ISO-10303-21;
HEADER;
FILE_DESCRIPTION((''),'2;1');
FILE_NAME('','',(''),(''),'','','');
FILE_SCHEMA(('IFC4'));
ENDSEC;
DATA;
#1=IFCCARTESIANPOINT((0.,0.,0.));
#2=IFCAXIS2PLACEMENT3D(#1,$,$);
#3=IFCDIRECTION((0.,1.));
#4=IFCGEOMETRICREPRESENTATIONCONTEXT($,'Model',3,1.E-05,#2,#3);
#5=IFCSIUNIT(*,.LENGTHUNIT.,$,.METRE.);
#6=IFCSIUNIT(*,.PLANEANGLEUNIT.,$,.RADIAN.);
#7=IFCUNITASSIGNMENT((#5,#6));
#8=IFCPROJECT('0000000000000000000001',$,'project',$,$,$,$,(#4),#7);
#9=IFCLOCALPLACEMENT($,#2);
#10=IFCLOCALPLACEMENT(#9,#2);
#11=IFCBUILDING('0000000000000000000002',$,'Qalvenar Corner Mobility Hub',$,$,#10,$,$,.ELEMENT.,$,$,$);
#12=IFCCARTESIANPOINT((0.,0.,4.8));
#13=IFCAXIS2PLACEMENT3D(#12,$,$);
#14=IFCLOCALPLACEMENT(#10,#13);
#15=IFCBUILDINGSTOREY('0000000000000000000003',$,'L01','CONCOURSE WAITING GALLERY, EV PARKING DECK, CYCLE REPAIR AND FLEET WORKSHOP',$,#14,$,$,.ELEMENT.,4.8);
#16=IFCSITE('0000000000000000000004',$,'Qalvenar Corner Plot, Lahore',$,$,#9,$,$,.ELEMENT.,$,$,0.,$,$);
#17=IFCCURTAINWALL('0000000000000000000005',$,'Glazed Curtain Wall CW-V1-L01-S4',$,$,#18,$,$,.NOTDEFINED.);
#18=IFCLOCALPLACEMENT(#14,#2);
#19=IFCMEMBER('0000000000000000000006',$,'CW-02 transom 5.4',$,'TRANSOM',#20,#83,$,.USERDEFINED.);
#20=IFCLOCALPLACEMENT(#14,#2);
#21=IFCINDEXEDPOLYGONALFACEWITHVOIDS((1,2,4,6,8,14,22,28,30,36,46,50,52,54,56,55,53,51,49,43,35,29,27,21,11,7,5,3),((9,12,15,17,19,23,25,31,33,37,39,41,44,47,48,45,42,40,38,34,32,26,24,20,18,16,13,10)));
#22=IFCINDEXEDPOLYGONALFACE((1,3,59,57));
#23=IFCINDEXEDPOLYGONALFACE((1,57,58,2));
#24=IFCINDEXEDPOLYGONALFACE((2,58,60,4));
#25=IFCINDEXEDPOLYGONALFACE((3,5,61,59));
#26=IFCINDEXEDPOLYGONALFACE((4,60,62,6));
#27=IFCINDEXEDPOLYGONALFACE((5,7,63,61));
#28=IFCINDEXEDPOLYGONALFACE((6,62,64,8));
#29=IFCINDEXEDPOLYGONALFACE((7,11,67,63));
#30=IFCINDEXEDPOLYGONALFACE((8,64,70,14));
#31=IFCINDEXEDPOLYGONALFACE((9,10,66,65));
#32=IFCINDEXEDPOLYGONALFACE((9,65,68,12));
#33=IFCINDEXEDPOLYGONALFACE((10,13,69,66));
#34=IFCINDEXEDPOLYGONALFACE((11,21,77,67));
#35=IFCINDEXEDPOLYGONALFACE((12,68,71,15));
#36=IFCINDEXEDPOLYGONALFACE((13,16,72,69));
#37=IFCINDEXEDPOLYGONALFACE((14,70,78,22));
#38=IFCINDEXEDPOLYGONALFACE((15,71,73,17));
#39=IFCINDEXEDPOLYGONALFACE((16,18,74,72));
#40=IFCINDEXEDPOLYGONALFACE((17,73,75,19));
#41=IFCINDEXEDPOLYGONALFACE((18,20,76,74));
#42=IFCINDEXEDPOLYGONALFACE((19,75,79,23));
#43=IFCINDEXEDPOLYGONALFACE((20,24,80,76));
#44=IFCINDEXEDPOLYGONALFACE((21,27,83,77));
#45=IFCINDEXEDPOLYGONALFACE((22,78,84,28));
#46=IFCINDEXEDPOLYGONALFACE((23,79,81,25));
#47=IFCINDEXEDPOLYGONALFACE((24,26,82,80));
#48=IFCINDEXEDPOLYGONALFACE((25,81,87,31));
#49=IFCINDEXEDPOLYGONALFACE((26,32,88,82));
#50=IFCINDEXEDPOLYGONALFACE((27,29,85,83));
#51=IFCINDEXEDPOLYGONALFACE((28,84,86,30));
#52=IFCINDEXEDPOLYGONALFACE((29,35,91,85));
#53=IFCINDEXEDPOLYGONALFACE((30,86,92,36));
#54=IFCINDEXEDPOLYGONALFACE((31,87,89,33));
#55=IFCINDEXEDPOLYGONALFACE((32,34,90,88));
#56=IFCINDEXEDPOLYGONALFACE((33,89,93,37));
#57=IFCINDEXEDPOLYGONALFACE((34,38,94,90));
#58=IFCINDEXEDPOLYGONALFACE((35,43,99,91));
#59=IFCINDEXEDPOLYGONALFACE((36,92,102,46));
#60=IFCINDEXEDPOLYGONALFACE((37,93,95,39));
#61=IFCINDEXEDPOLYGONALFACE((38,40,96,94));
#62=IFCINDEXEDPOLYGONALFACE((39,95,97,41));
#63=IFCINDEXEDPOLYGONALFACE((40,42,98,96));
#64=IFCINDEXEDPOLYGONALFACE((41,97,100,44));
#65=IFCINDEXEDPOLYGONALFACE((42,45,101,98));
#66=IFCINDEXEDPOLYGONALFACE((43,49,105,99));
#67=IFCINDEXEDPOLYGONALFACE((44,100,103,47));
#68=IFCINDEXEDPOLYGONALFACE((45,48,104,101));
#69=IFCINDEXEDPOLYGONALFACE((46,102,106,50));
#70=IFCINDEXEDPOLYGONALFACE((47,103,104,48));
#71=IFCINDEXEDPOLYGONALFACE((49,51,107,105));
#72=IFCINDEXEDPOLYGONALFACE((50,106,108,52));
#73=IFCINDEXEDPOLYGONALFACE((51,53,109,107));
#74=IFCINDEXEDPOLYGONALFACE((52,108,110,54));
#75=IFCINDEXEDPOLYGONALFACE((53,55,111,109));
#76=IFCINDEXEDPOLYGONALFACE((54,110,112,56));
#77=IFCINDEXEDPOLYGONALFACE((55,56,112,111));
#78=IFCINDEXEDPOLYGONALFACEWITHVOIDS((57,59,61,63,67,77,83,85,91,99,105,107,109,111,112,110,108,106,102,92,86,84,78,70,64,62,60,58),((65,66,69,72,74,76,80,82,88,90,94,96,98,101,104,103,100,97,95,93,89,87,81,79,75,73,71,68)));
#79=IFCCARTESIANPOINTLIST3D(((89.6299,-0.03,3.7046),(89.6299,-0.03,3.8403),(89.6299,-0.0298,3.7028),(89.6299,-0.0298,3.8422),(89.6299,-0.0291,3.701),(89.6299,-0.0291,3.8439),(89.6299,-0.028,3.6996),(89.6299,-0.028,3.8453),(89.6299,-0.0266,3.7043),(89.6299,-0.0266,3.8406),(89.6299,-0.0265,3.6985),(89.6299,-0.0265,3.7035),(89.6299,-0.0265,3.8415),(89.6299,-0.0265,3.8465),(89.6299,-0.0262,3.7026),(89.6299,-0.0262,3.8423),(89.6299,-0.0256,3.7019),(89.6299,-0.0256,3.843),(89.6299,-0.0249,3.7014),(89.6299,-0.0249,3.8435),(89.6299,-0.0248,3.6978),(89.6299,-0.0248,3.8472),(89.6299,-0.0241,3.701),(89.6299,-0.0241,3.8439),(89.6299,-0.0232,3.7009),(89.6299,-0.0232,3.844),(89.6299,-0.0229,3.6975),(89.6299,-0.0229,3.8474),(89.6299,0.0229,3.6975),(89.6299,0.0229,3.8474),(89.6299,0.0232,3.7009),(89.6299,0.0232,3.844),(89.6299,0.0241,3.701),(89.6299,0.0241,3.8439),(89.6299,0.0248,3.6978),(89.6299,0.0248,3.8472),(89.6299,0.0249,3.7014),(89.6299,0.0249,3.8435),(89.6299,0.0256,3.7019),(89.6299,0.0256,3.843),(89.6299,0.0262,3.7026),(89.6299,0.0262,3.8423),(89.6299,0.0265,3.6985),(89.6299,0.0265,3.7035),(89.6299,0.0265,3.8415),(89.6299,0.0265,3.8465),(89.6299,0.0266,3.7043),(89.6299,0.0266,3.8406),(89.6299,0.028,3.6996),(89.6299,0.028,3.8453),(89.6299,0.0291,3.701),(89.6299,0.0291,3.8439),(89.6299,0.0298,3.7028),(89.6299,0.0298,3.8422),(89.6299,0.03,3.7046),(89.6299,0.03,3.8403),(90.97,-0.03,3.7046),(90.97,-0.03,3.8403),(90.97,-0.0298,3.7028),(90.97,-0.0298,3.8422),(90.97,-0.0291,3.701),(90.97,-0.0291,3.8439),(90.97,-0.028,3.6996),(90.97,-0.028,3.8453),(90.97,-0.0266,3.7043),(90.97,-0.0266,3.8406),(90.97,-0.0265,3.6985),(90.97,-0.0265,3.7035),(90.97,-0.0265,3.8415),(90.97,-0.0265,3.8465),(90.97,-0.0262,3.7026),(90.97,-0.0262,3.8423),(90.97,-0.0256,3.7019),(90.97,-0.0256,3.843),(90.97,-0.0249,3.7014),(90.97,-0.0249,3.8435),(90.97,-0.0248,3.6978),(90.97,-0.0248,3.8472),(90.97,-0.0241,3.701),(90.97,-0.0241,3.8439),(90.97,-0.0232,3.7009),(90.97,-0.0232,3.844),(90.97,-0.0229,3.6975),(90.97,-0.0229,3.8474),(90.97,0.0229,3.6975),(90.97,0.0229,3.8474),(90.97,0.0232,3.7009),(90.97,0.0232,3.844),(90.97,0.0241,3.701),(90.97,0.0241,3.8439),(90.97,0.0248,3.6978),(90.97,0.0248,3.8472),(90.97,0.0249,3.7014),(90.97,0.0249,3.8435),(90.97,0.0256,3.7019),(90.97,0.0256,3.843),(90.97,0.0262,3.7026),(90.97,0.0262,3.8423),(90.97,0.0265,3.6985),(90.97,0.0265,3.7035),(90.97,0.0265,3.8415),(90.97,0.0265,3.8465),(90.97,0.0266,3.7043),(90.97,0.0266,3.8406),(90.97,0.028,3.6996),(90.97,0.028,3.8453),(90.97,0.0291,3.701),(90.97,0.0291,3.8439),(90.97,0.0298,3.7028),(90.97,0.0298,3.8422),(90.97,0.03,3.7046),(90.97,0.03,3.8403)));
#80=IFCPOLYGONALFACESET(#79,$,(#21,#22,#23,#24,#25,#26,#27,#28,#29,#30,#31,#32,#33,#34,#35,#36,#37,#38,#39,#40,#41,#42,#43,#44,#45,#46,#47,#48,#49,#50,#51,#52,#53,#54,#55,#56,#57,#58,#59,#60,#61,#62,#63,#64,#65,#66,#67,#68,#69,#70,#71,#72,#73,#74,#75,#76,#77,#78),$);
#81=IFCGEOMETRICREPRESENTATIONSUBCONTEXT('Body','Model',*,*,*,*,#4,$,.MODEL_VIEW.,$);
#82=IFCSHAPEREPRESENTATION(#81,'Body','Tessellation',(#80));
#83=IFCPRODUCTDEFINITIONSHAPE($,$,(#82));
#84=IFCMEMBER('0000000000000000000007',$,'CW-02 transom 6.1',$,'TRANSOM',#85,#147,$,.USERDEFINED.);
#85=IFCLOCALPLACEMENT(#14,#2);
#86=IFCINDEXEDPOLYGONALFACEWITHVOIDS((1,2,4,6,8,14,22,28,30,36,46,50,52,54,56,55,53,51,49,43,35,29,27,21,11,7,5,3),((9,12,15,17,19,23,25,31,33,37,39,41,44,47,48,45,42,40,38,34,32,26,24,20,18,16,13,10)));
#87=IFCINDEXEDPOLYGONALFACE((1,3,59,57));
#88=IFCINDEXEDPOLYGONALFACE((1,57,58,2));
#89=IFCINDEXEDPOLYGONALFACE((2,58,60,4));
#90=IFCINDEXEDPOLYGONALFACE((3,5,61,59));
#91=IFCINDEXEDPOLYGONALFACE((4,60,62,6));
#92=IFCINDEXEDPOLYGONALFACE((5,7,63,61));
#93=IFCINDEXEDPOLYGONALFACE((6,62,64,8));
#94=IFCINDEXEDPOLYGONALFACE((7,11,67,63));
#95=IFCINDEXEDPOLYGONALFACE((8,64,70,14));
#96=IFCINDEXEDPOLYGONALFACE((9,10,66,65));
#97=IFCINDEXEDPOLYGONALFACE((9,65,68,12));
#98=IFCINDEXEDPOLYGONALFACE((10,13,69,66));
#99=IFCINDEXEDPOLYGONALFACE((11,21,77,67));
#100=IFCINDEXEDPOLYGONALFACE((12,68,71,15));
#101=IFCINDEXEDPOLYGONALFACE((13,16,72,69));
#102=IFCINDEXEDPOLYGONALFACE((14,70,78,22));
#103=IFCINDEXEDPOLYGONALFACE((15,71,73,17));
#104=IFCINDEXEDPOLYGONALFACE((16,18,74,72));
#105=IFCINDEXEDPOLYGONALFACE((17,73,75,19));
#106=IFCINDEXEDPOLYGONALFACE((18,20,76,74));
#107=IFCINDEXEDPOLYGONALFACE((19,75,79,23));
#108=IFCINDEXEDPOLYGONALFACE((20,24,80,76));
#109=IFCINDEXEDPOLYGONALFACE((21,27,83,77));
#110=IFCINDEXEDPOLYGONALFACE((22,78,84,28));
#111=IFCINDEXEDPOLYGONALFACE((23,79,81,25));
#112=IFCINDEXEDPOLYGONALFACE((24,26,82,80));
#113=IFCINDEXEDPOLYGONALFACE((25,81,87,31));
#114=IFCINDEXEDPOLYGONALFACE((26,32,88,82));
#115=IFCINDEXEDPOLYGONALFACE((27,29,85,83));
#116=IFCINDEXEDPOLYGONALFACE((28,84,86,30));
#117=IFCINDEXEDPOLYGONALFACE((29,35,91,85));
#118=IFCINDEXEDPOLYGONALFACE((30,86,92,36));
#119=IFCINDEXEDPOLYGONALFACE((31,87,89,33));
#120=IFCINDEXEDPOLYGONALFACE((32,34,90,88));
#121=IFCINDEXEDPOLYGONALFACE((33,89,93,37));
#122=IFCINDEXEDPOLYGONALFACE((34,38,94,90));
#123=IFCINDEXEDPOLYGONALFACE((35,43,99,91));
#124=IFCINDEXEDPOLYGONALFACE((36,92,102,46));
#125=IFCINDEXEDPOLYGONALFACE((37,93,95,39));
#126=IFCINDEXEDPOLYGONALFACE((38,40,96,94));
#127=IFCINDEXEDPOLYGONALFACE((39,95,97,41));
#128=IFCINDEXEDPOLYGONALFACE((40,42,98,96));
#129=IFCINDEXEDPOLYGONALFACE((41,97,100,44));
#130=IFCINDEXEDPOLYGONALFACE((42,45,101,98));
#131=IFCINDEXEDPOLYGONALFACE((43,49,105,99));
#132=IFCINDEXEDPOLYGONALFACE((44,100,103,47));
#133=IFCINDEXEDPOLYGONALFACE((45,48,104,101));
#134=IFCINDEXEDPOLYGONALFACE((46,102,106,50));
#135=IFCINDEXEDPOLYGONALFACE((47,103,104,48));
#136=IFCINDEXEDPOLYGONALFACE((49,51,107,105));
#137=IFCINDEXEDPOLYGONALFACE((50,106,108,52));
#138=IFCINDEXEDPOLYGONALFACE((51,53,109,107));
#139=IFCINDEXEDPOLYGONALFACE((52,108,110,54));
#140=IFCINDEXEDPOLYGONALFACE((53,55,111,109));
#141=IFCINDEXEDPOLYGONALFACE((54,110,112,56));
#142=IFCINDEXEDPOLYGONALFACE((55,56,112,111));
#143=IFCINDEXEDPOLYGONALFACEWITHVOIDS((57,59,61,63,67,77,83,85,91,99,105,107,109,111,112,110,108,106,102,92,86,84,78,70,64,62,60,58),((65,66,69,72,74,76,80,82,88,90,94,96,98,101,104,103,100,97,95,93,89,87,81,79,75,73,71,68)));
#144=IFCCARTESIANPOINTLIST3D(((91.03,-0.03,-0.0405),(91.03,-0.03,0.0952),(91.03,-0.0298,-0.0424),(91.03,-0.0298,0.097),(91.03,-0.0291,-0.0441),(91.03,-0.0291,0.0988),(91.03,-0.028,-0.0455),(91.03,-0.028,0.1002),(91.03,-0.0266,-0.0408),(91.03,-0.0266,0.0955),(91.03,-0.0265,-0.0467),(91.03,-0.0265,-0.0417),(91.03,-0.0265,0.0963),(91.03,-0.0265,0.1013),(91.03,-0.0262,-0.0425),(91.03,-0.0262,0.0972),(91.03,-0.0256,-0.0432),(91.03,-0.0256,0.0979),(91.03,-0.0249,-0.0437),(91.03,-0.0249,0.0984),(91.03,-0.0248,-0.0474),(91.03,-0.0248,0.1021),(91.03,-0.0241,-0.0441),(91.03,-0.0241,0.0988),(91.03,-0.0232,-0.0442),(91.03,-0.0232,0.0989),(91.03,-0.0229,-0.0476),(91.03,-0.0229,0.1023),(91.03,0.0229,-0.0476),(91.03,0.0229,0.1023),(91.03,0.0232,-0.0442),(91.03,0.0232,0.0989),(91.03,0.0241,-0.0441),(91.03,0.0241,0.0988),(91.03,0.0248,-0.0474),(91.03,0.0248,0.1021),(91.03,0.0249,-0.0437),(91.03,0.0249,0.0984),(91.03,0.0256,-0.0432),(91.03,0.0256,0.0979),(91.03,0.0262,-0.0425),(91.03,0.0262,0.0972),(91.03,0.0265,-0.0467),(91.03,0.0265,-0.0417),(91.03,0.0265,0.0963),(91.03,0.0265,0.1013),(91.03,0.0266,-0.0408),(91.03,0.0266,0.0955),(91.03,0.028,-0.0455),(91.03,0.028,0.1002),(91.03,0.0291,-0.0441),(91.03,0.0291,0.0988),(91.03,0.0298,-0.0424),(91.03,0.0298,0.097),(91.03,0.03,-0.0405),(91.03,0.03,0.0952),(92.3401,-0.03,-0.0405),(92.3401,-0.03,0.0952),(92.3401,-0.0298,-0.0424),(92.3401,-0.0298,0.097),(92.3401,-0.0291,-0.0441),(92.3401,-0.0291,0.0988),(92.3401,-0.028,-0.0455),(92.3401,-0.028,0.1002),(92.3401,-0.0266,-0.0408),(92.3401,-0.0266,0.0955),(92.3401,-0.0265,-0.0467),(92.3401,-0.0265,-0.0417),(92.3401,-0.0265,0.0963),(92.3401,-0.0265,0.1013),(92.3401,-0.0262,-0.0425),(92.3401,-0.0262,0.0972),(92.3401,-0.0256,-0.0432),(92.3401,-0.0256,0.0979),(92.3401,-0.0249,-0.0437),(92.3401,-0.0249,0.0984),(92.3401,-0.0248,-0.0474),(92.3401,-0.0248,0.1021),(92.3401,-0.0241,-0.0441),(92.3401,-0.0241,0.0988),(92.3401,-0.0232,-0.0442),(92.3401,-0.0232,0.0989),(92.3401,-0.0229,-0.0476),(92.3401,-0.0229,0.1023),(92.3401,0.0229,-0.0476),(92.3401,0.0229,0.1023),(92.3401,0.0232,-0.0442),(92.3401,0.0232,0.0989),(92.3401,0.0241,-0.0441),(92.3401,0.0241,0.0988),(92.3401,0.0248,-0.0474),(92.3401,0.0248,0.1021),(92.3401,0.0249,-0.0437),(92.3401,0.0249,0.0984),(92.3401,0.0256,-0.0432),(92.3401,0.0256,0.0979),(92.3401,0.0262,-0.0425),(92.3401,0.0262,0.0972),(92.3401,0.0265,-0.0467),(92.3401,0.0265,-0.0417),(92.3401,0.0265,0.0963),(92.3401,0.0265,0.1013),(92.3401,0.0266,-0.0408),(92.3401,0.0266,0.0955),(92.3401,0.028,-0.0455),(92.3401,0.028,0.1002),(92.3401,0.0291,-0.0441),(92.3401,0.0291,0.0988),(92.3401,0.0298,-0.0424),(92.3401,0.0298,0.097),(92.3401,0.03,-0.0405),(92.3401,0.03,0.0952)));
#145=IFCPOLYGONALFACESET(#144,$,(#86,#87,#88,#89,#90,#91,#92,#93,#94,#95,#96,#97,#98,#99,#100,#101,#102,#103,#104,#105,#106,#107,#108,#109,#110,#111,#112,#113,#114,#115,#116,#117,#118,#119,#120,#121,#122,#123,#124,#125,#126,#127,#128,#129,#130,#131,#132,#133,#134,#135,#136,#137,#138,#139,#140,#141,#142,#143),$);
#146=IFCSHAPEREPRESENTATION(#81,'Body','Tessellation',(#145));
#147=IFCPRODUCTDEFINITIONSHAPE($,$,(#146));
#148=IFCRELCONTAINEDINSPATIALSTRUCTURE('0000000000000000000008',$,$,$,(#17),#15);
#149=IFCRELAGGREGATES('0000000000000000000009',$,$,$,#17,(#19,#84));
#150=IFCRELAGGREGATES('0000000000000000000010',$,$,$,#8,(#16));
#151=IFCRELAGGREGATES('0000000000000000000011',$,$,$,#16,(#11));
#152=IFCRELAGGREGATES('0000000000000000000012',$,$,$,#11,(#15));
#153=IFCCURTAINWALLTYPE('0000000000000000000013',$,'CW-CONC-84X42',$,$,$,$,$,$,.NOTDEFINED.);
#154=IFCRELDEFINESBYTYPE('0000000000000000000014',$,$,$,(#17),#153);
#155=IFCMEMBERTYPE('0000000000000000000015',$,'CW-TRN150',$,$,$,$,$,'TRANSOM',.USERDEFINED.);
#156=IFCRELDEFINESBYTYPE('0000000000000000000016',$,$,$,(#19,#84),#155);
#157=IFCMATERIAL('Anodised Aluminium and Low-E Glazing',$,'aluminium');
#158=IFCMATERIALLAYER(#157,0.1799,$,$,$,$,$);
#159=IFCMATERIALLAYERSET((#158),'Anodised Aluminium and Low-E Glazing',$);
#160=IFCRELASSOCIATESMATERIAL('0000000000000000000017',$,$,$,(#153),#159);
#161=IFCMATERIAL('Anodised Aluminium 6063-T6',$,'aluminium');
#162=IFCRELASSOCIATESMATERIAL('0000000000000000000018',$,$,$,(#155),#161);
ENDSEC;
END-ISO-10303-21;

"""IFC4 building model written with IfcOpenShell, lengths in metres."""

from ifc_helpers import new_model, si_unit, direction, frame, origin, origin_2d, place, context, subcontext, project, spatial, hollow_rectangle, extrude, material, layer, layer_set, material_profile, profile_set, type_object, element, aggregate, save


model = new_model("IFC4")

# Units and contexts
model_context = context("Model", 3, precision=1e-05, world=origin(), true_north=direction((0.0, 1.0)))
body_context = subcontext(model_context, "Body", "Model", "MODEL_VIEW")
ifc_project = project(units=[si_unit("LENGTHUNIT", "METRE"), si_unit("PLANEANGLEUNIT", "RADIAN")], contexts=[model_context])

# Site, building, storey
site_placement = place(None, origin())
site = spatial("IfcSite", under=ifc_project, at=site_placement, Name="Qalvenar Corner Plot, Lahore", CompositionType="ELEMENT", RefElevation=0.0)
building_placement = place(site_placement, origin())
building = spatial("IfcBuilding", under=site, at=building_placement, Name="Qalvenar Corner Mobility Hub", CompositionType="ELEMENT")
storey_placement = place(building_placement, frame((0.0, 0.0, 4.8)))
storey = spatial("IfcBuildingStorey", under=building, at=storey_placement, Name="L01", Description="CONCOURSE WAITING GALLERY, EV PARKING DECK, CYCLE REPAIR AND FLEET WORKSHOP", CompositionType="ELEMENT", Elevation=4.8)

# Curtain wall, members
ifc_material_1 = material(Name="Anodised Aluminium and Low-E Glazing", Category="aluminium")
ifc_layer_1 = layer(ifc_material_1, 0.1799)
ifc_layer_set_1 = layer_set([ifc_layer_1], Name="Anodised Aluminium and Low-E Glazing")
curtain_wall_type = type_object("IfcCurtainWallType", Name="CW-CONC-84X42", PredefinedType="NOTDEFINED", material=ifc_layer_set_1)
curtain_wall_placement = place(storey_placement, origin())
curtain_wall = element("IfcCurtainWall", 1, at=curtain_wall_placement, inside=storey, type_object=curtain_wall_type, Name="Glazed Curtain Wall CW-V1-L01-S4", PredefinedType="NOTDEFINED")
ifc_material_2 = material(Name="Anodised Aluminium 6063-T6", Category="aluminium")
ifc_material_profile_1 = material_profile(ifc_material_2, hollow_rectangle(XDim=0.0601, YDim=0.1499, WallThickness=0.0034, InnerFilletRadius=0.0034, OuterFilletRadius=0.0071, at=origin_2d()), Name="RHS150x60x3.5")
ifc_profile_set_1 = profile_set([ifc_material_profile_1], Name="Anodised Aluminium 6063-T6")
member_type_1 = type_object("IfcMemberType", Name="CW-TRN150", ElementType="TRANSOM", PredefinedType="USERDEFINED", material=ifc_profile_set_1)
member_1_placement = place(storey_placement, frame((89.6299, 0.0, 3.7725), z_axis=(1.0, 0.0, 0.0), x_axis=(0.0, 1.0, 0.0)))
member_1 = element("IfcMember", 2, at=member_1_placement, type_object=member_type_1, Name="CW-02 transom 5.4", ObjectType="TRANSOM", PredefinedType="USERDEFINED", context=body_context, shape_type="SweptSolid", body=[
    extrude(hollow_rectangle(XDim=0.0601, YDim=0.1499, WallThickness=0.0034, InnerFilletRadius=0.0034, OuterFilletRadius=0.0071, at=origin_2d()), origin(), (0.0, 0.0, 1.0), 1.3401),
])
member_2_placement = place(storey_placement, frame((91.03, 0.0, 0.0273), z_axis=(1.0, 0.0, 0.0), x_axis=(0.0, 1.0, 0.0)))
member_2 = element("IfcMember", 3, at=member_2_placement, type_object=member_type_1, Name="CW-02 transom 6.1", ObjectType="TRANSOM", PredefinedType="USERDEFINED", context=body_context, shape_type="SweptSolid", body=[
    extrude(hollow_rectangle(XDim=0.0601, YDim=0.1499, WallThickness=0.0034, InnerFilletRadius=0.0034, OuterFilletRadius=0.0071, at=origin_2d()), origin(), (0.0, 0.0, 1.0), 1.3101),
])
aggregate(curtain_wall, [member_1, member_2])

save(model, "model.ifc")
